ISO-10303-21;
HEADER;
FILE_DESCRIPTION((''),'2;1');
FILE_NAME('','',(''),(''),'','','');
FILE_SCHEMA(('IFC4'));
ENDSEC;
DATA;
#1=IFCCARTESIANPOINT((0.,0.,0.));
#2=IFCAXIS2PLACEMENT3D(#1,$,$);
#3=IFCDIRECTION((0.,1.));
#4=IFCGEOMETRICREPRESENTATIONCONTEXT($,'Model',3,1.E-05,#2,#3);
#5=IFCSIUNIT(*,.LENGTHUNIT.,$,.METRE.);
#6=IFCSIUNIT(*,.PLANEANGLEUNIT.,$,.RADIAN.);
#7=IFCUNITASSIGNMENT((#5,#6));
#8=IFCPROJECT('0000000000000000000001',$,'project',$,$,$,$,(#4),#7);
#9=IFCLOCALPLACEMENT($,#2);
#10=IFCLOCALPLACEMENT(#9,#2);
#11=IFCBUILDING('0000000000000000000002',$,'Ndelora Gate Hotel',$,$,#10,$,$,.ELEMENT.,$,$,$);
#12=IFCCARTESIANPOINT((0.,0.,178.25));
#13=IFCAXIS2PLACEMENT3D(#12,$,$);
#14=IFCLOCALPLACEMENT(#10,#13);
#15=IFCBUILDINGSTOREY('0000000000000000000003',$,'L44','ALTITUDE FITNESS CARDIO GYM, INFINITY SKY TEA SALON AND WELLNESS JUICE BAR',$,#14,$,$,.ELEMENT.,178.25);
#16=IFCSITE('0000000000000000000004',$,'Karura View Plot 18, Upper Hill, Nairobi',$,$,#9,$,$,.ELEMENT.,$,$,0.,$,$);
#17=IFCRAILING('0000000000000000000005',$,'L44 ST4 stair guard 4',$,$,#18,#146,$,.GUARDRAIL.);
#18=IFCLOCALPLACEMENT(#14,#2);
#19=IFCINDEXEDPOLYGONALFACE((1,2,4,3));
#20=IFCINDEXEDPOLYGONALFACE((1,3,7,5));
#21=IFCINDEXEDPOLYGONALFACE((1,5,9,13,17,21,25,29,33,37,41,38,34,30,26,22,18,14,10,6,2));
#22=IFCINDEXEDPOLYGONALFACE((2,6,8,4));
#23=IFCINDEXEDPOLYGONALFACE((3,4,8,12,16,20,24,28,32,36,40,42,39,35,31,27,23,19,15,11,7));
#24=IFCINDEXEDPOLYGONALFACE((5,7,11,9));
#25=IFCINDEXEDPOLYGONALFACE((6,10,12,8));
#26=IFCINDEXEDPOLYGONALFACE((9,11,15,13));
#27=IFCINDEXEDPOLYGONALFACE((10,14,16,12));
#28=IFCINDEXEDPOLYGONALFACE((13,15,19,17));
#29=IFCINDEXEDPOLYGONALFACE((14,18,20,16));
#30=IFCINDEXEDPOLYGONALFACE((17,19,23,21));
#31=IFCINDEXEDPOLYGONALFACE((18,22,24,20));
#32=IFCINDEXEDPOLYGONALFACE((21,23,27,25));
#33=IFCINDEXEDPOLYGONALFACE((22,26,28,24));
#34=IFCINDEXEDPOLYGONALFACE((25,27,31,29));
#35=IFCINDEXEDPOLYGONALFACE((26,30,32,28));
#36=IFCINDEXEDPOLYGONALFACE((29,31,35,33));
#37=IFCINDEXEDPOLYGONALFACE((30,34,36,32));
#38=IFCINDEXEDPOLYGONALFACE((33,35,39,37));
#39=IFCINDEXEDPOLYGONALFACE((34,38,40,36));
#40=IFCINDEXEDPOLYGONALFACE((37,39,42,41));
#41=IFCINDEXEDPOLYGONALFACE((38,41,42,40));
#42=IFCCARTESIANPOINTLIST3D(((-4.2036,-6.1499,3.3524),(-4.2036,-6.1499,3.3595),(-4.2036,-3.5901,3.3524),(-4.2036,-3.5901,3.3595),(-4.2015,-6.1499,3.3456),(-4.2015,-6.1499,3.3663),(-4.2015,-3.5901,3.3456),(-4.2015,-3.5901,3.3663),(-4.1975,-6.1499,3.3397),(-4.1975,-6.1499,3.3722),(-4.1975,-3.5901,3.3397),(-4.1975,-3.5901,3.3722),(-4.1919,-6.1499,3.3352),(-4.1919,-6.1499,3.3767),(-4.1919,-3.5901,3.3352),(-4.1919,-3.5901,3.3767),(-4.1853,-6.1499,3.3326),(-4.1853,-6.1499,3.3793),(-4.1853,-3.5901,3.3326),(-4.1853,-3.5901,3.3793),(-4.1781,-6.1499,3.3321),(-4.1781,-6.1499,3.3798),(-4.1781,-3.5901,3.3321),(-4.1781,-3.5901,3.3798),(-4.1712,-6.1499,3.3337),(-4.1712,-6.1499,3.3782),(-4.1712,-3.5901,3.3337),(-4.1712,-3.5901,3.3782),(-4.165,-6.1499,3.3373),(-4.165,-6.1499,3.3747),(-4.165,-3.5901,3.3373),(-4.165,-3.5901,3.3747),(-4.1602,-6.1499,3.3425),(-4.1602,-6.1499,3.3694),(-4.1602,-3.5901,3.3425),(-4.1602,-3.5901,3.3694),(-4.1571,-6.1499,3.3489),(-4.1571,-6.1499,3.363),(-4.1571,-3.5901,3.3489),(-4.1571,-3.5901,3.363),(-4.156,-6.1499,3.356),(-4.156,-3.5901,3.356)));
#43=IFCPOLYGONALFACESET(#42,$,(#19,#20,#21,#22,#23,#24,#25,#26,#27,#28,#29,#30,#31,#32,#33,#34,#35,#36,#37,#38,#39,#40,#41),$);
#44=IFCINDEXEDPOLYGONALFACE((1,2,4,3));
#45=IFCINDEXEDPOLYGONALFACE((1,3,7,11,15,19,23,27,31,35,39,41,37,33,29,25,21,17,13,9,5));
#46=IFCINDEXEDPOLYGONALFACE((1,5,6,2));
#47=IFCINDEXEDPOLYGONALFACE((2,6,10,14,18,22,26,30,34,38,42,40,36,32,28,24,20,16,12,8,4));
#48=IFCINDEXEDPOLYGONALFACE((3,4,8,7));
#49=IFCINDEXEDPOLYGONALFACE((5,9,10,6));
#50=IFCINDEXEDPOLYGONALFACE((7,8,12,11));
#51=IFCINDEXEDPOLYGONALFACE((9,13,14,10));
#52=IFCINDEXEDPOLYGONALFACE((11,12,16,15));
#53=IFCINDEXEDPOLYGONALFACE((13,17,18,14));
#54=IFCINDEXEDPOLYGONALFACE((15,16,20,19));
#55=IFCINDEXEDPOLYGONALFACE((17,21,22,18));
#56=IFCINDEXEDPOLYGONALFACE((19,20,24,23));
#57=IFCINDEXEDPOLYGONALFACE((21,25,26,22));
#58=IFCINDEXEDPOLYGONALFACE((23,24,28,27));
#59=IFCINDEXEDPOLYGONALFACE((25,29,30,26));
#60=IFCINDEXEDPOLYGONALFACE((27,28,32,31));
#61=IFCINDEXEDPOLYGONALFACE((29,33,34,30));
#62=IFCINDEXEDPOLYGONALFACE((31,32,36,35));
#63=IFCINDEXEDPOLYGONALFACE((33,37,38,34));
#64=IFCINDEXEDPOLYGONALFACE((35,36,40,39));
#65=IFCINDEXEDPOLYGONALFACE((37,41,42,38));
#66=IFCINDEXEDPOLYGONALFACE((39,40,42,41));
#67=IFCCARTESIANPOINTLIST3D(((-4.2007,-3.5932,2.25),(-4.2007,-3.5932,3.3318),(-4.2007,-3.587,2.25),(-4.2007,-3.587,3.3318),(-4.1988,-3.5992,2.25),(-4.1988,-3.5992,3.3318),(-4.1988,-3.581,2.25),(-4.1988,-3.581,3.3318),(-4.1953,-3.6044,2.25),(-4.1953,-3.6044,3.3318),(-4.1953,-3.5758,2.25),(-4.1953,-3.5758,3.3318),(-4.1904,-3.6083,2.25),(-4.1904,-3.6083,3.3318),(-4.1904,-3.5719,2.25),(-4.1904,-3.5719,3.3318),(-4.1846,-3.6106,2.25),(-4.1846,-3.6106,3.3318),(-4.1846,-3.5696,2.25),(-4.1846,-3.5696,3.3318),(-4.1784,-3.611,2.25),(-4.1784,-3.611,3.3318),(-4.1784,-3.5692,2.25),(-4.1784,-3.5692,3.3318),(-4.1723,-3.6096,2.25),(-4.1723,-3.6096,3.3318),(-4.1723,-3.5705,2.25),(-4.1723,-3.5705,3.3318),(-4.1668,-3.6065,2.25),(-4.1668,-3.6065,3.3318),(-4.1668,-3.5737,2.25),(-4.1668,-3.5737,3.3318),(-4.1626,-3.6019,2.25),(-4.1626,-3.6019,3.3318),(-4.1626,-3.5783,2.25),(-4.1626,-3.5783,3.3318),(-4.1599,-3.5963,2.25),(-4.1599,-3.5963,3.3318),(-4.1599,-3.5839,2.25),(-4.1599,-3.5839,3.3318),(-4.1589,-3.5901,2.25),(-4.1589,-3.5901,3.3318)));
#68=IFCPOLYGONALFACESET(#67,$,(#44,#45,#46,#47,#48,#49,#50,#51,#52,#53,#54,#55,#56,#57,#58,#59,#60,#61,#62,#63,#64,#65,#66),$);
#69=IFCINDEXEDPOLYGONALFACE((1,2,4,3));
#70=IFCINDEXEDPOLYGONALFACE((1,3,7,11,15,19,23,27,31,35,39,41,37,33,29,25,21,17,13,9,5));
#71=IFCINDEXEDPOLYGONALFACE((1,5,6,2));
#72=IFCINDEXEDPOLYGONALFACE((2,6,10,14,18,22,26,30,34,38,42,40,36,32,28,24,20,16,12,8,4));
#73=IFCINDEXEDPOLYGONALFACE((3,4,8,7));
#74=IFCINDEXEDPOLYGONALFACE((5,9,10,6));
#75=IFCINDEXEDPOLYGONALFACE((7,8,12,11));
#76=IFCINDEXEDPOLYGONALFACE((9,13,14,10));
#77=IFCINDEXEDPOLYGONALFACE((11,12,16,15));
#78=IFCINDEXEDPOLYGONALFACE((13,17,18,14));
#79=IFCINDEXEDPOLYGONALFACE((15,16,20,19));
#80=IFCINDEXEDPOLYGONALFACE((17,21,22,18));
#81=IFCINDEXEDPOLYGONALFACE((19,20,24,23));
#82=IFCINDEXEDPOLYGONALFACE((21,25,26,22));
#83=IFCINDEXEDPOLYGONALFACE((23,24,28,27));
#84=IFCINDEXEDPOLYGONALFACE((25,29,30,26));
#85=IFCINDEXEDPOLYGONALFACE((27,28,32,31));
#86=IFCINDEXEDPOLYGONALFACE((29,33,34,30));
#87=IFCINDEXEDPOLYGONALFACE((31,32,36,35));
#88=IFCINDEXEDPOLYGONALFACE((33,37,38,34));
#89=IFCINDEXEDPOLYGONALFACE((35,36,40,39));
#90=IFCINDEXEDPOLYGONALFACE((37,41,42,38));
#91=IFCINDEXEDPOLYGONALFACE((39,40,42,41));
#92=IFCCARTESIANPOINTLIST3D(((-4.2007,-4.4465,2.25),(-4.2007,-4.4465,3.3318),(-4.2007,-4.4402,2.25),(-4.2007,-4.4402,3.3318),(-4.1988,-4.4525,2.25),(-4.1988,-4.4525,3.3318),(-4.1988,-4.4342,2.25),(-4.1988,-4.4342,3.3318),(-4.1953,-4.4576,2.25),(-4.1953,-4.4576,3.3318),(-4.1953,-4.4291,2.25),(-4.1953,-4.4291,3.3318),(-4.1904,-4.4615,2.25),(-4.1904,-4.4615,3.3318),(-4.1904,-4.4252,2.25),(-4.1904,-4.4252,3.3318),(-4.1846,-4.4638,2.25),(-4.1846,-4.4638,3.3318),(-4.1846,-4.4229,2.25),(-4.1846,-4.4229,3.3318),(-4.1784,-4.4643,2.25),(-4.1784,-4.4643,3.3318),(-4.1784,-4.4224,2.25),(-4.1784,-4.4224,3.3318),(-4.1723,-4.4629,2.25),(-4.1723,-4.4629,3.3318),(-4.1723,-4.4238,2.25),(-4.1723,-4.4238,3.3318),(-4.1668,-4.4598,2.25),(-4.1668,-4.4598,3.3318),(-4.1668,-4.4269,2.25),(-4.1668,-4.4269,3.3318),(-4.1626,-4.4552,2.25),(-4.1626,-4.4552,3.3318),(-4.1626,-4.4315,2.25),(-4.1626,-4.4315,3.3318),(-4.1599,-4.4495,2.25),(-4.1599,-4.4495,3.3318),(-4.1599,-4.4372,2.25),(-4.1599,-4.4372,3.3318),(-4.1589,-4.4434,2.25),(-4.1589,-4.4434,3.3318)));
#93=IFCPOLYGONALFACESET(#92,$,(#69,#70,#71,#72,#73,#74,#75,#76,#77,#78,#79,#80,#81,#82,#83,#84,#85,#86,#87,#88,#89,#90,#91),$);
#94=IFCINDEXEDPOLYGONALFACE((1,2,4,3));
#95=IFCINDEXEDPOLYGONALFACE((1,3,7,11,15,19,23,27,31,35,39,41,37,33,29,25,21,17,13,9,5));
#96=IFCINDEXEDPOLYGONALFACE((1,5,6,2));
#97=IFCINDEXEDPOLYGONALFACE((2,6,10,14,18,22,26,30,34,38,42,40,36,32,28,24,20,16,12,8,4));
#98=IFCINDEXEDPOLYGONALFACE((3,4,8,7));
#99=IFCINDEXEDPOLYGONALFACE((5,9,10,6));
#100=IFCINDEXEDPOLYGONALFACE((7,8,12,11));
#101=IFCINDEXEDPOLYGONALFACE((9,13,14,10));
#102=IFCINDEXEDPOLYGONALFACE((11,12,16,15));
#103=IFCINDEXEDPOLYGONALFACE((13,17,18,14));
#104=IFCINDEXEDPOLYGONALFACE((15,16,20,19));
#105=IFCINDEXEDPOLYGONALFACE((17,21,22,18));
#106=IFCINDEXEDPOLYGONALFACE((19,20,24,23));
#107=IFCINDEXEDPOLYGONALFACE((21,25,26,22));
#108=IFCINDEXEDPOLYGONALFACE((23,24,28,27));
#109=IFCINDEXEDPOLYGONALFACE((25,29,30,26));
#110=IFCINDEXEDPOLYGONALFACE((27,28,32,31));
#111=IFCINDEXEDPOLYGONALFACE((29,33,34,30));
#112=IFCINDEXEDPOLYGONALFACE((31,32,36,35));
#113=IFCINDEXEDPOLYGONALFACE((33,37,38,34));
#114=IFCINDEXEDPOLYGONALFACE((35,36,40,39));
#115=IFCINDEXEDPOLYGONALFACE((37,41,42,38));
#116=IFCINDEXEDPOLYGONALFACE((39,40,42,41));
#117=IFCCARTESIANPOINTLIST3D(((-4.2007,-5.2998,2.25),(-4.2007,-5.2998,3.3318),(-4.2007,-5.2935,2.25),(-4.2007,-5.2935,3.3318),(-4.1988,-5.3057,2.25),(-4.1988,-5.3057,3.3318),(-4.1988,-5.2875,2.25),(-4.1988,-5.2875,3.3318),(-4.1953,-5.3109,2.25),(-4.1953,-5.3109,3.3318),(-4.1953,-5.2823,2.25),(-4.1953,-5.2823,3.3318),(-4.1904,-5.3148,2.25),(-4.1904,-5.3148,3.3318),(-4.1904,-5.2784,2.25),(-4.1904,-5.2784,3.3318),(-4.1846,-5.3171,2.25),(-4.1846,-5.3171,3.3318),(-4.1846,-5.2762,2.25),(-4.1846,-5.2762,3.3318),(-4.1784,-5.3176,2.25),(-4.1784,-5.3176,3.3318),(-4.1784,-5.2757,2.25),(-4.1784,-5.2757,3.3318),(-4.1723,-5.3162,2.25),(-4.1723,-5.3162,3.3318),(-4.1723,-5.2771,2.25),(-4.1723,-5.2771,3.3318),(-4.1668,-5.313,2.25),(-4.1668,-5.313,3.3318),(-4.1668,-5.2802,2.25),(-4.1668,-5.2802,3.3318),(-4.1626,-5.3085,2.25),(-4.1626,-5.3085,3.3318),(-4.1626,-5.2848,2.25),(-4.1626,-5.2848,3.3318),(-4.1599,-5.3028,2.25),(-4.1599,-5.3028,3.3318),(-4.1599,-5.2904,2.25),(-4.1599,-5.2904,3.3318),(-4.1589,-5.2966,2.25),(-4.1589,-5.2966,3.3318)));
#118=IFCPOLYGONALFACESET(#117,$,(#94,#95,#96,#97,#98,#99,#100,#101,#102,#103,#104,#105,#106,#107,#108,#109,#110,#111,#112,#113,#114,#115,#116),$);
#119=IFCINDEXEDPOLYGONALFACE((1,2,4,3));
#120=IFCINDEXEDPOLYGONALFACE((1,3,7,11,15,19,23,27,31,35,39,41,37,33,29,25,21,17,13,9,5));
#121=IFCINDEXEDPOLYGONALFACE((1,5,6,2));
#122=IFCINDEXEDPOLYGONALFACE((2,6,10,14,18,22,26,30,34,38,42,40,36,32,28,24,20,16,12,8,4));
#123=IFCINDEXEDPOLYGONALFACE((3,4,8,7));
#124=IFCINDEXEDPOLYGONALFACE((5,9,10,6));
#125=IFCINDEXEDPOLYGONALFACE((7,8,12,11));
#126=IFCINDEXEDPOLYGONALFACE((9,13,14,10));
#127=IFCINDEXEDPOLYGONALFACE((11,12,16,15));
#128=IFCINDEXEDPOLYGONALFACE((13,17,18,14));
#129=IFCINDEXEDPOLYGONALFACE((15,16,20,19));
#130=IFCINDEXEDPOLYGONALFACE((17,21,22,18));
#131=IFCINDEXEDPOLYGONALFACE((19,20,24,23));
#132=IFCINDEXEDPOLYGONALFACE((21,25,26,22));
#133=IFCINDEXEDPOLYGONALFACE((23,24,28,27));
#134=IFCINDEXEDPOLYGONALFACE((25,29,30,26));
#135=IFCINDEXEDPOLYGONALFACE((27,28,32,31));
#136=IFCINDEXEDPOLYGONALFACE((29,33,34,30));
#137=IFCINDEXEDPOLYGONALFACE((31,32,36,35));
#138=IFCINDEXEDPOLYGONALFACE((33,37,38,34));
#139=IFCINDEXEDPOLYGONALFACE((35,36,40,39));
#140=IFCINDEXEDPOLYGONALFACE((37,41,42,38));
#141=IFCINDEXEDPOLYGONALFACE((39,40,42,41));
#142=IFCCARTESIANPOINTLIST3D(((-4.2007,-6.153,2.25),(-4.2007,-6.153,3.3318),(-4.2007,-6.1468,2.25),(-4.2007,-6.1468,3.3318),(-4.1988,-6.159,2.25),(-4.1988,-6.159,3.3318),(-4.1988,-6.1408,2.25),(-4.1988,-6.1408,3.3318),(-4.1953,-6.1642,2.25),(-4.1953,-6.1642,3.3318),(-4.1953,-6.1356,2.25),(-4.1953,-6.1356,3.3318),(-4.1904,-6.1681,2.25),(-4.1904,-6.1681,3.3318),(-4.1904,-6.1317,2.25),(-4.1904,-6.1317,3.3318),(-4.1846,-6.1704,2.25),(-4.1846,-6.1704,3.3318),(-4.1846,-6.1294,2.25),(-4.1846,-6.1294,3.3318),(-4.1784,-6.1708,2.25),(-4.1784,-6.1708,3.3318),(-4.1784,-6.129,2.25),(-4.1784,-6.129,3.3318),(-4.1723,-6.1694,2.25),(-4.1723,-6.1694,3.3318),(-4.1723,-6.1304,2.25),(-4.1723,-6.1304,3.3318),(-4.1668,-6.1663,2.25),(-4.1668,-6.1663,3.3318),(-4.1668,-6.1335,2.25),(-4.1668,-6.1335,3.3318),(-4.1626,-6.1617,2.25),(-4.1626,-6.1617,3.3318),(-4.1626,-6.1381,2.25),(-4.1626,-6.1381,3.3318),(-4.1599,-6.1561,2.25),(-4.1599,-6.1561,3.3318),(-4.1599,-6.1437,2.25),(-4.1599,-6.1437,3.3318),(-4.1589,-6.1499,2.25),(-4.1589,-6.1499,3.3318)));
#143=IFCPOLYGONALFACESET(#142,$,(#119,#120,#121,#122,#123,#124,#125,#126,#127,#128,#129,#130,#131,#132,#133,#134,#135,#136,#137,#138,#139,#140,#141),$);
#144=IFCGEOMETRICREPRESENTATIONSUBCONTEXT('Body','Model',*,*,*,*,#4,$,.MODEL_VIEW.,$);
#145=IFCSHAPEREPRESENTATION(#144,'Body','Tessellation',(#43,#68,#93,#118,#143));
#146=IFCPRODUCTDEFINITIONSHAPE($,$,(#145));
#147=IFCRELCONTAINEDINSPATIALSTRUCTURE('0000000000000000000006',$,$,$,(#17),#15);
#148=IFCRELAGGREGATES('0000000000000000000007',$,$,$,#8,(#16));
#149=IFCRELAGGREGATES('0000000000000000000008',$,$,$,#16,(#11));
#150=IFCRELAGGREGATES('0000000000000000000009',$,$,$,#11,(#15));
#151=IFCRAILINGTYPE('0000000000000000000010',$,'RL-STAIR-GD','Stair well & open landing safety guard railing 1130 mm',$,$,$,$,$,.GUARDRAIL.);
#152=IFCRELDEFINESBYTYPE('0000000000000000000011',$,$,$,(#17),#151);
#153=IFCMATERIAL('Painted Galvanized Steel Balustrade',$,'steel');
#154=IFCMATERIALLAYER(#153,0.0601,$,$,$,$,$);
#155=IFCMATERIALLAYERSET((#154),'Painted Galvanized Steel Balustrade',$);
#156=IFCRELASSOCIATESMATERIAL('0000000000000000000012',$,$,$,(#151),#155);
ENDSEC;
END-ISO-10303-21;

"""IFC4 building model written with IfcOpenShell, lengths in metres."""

from ifc_helpers import new_model, si_unit, direction, frame, origin, origin_2d, place, context, subcontext, project, spatial, circle, extrude, material, layer, layer_set, type_object, element, save


model = new_model("IFC4")

# Units and contexts
model_context = context("Model", 3, precision=1e-05, world=origin(), true_north=direction((0.0, 1.0)))
body_context = subcontext(model_context, "Body", "Model", "MODEL_VIEW")
ifc_project = project(units=[si_unit("LENGTHUNIT", "METRE"), si_unit("PLANEANGLEUNIT", "RADIAN")], contexts=[model_context])

# Site, building, storey
site_placement = place(None, origin())
site = spatial("IfcSite", under=ifc_project, at=site_placement, Name="Karura View Plot 18, Upper Hill, Nairobi", CompositionType="ELEMENT", RefElevation=0.0)
building_placement = place(site_placement, origin())
building = spatial("IfcBuilding", under=site, at=building_placement, Name="Ndelora Gate Hotel", CompositionType="ELEMENT")
storey_placement = place(building_placement, frame((0.0, 0.0, 178.25)))
storey = spatial("IfcBuildingStorey", under=building, at=storey_placement, Name="L44", Description="ALTITUDE FITNESS CARDIO GYM, INFINITY SKY TEA SALON AND WELLNESS JUICE BAR", CompositionType="ELEMENT", Elevation=178.25)

# Railing
ifc_material_1 = material(Name="Painted Galvanized Steel Balustrade", Category="steel")
ifc_layer_1 = layer(ifc_material_1, 0.0601)
ifc_layer_set_1 = layer_set([ifc_layer_1], Name="Painted Galvanized Steel Balustrade")
railing_type_1 = type_object("IfcRailingType", Name="RL-STAIR-GD", Description="Stair well & open landing safety guard railing 1130 mm", PredefinedType="GUARDRAIL", material=ifc_layer_set_1)
for number, where, name in (
    (1, (-4.1799, -3.5901, 2.25), "L44 ST4 stair guard 4"),
):
    element("IfcRailing", number, at=place(storey_placement, frame(where)), inside=storey, type_object=railing_type_1, Name=name, PredefinedType="GUARDRAIL", context=body_context, shape_type="SweptSolid", body=[
        extrude(circle(Radius=0.0239, at=origin_2d()), frame((0.0, 0.0, 1.106), z_axis=(0.0, -1.0, 0.0), x_axis=(1.0, 0.0, 0.0)), (0.0, 0.0, 1.0), 2.5598),
        extrude(circle(Radius=0.021, at=origin_2d()), origin(), (0.0, 0.0, 1.0), 1.0818),
        extrude(circle(Radius=0.021, at=origin_2d()), frame((0.0, -0.8533, 0.0)), (0.0, 0.0, 1.0), 1.0818),
        extrude(circle(Radius=0.021, at=origin_2d()), frame((0.0, -1.7065, 0.0)), (0.0, 0.0, 1.0), 1.0818),
        extrude(circle(Radius=0.021, at=origin_2d()), frame((0.0, -2.5598, 0.0)), (0.0, 0.0, 1.0), 1.0818),
    ])

save(model, "model.ifc")
